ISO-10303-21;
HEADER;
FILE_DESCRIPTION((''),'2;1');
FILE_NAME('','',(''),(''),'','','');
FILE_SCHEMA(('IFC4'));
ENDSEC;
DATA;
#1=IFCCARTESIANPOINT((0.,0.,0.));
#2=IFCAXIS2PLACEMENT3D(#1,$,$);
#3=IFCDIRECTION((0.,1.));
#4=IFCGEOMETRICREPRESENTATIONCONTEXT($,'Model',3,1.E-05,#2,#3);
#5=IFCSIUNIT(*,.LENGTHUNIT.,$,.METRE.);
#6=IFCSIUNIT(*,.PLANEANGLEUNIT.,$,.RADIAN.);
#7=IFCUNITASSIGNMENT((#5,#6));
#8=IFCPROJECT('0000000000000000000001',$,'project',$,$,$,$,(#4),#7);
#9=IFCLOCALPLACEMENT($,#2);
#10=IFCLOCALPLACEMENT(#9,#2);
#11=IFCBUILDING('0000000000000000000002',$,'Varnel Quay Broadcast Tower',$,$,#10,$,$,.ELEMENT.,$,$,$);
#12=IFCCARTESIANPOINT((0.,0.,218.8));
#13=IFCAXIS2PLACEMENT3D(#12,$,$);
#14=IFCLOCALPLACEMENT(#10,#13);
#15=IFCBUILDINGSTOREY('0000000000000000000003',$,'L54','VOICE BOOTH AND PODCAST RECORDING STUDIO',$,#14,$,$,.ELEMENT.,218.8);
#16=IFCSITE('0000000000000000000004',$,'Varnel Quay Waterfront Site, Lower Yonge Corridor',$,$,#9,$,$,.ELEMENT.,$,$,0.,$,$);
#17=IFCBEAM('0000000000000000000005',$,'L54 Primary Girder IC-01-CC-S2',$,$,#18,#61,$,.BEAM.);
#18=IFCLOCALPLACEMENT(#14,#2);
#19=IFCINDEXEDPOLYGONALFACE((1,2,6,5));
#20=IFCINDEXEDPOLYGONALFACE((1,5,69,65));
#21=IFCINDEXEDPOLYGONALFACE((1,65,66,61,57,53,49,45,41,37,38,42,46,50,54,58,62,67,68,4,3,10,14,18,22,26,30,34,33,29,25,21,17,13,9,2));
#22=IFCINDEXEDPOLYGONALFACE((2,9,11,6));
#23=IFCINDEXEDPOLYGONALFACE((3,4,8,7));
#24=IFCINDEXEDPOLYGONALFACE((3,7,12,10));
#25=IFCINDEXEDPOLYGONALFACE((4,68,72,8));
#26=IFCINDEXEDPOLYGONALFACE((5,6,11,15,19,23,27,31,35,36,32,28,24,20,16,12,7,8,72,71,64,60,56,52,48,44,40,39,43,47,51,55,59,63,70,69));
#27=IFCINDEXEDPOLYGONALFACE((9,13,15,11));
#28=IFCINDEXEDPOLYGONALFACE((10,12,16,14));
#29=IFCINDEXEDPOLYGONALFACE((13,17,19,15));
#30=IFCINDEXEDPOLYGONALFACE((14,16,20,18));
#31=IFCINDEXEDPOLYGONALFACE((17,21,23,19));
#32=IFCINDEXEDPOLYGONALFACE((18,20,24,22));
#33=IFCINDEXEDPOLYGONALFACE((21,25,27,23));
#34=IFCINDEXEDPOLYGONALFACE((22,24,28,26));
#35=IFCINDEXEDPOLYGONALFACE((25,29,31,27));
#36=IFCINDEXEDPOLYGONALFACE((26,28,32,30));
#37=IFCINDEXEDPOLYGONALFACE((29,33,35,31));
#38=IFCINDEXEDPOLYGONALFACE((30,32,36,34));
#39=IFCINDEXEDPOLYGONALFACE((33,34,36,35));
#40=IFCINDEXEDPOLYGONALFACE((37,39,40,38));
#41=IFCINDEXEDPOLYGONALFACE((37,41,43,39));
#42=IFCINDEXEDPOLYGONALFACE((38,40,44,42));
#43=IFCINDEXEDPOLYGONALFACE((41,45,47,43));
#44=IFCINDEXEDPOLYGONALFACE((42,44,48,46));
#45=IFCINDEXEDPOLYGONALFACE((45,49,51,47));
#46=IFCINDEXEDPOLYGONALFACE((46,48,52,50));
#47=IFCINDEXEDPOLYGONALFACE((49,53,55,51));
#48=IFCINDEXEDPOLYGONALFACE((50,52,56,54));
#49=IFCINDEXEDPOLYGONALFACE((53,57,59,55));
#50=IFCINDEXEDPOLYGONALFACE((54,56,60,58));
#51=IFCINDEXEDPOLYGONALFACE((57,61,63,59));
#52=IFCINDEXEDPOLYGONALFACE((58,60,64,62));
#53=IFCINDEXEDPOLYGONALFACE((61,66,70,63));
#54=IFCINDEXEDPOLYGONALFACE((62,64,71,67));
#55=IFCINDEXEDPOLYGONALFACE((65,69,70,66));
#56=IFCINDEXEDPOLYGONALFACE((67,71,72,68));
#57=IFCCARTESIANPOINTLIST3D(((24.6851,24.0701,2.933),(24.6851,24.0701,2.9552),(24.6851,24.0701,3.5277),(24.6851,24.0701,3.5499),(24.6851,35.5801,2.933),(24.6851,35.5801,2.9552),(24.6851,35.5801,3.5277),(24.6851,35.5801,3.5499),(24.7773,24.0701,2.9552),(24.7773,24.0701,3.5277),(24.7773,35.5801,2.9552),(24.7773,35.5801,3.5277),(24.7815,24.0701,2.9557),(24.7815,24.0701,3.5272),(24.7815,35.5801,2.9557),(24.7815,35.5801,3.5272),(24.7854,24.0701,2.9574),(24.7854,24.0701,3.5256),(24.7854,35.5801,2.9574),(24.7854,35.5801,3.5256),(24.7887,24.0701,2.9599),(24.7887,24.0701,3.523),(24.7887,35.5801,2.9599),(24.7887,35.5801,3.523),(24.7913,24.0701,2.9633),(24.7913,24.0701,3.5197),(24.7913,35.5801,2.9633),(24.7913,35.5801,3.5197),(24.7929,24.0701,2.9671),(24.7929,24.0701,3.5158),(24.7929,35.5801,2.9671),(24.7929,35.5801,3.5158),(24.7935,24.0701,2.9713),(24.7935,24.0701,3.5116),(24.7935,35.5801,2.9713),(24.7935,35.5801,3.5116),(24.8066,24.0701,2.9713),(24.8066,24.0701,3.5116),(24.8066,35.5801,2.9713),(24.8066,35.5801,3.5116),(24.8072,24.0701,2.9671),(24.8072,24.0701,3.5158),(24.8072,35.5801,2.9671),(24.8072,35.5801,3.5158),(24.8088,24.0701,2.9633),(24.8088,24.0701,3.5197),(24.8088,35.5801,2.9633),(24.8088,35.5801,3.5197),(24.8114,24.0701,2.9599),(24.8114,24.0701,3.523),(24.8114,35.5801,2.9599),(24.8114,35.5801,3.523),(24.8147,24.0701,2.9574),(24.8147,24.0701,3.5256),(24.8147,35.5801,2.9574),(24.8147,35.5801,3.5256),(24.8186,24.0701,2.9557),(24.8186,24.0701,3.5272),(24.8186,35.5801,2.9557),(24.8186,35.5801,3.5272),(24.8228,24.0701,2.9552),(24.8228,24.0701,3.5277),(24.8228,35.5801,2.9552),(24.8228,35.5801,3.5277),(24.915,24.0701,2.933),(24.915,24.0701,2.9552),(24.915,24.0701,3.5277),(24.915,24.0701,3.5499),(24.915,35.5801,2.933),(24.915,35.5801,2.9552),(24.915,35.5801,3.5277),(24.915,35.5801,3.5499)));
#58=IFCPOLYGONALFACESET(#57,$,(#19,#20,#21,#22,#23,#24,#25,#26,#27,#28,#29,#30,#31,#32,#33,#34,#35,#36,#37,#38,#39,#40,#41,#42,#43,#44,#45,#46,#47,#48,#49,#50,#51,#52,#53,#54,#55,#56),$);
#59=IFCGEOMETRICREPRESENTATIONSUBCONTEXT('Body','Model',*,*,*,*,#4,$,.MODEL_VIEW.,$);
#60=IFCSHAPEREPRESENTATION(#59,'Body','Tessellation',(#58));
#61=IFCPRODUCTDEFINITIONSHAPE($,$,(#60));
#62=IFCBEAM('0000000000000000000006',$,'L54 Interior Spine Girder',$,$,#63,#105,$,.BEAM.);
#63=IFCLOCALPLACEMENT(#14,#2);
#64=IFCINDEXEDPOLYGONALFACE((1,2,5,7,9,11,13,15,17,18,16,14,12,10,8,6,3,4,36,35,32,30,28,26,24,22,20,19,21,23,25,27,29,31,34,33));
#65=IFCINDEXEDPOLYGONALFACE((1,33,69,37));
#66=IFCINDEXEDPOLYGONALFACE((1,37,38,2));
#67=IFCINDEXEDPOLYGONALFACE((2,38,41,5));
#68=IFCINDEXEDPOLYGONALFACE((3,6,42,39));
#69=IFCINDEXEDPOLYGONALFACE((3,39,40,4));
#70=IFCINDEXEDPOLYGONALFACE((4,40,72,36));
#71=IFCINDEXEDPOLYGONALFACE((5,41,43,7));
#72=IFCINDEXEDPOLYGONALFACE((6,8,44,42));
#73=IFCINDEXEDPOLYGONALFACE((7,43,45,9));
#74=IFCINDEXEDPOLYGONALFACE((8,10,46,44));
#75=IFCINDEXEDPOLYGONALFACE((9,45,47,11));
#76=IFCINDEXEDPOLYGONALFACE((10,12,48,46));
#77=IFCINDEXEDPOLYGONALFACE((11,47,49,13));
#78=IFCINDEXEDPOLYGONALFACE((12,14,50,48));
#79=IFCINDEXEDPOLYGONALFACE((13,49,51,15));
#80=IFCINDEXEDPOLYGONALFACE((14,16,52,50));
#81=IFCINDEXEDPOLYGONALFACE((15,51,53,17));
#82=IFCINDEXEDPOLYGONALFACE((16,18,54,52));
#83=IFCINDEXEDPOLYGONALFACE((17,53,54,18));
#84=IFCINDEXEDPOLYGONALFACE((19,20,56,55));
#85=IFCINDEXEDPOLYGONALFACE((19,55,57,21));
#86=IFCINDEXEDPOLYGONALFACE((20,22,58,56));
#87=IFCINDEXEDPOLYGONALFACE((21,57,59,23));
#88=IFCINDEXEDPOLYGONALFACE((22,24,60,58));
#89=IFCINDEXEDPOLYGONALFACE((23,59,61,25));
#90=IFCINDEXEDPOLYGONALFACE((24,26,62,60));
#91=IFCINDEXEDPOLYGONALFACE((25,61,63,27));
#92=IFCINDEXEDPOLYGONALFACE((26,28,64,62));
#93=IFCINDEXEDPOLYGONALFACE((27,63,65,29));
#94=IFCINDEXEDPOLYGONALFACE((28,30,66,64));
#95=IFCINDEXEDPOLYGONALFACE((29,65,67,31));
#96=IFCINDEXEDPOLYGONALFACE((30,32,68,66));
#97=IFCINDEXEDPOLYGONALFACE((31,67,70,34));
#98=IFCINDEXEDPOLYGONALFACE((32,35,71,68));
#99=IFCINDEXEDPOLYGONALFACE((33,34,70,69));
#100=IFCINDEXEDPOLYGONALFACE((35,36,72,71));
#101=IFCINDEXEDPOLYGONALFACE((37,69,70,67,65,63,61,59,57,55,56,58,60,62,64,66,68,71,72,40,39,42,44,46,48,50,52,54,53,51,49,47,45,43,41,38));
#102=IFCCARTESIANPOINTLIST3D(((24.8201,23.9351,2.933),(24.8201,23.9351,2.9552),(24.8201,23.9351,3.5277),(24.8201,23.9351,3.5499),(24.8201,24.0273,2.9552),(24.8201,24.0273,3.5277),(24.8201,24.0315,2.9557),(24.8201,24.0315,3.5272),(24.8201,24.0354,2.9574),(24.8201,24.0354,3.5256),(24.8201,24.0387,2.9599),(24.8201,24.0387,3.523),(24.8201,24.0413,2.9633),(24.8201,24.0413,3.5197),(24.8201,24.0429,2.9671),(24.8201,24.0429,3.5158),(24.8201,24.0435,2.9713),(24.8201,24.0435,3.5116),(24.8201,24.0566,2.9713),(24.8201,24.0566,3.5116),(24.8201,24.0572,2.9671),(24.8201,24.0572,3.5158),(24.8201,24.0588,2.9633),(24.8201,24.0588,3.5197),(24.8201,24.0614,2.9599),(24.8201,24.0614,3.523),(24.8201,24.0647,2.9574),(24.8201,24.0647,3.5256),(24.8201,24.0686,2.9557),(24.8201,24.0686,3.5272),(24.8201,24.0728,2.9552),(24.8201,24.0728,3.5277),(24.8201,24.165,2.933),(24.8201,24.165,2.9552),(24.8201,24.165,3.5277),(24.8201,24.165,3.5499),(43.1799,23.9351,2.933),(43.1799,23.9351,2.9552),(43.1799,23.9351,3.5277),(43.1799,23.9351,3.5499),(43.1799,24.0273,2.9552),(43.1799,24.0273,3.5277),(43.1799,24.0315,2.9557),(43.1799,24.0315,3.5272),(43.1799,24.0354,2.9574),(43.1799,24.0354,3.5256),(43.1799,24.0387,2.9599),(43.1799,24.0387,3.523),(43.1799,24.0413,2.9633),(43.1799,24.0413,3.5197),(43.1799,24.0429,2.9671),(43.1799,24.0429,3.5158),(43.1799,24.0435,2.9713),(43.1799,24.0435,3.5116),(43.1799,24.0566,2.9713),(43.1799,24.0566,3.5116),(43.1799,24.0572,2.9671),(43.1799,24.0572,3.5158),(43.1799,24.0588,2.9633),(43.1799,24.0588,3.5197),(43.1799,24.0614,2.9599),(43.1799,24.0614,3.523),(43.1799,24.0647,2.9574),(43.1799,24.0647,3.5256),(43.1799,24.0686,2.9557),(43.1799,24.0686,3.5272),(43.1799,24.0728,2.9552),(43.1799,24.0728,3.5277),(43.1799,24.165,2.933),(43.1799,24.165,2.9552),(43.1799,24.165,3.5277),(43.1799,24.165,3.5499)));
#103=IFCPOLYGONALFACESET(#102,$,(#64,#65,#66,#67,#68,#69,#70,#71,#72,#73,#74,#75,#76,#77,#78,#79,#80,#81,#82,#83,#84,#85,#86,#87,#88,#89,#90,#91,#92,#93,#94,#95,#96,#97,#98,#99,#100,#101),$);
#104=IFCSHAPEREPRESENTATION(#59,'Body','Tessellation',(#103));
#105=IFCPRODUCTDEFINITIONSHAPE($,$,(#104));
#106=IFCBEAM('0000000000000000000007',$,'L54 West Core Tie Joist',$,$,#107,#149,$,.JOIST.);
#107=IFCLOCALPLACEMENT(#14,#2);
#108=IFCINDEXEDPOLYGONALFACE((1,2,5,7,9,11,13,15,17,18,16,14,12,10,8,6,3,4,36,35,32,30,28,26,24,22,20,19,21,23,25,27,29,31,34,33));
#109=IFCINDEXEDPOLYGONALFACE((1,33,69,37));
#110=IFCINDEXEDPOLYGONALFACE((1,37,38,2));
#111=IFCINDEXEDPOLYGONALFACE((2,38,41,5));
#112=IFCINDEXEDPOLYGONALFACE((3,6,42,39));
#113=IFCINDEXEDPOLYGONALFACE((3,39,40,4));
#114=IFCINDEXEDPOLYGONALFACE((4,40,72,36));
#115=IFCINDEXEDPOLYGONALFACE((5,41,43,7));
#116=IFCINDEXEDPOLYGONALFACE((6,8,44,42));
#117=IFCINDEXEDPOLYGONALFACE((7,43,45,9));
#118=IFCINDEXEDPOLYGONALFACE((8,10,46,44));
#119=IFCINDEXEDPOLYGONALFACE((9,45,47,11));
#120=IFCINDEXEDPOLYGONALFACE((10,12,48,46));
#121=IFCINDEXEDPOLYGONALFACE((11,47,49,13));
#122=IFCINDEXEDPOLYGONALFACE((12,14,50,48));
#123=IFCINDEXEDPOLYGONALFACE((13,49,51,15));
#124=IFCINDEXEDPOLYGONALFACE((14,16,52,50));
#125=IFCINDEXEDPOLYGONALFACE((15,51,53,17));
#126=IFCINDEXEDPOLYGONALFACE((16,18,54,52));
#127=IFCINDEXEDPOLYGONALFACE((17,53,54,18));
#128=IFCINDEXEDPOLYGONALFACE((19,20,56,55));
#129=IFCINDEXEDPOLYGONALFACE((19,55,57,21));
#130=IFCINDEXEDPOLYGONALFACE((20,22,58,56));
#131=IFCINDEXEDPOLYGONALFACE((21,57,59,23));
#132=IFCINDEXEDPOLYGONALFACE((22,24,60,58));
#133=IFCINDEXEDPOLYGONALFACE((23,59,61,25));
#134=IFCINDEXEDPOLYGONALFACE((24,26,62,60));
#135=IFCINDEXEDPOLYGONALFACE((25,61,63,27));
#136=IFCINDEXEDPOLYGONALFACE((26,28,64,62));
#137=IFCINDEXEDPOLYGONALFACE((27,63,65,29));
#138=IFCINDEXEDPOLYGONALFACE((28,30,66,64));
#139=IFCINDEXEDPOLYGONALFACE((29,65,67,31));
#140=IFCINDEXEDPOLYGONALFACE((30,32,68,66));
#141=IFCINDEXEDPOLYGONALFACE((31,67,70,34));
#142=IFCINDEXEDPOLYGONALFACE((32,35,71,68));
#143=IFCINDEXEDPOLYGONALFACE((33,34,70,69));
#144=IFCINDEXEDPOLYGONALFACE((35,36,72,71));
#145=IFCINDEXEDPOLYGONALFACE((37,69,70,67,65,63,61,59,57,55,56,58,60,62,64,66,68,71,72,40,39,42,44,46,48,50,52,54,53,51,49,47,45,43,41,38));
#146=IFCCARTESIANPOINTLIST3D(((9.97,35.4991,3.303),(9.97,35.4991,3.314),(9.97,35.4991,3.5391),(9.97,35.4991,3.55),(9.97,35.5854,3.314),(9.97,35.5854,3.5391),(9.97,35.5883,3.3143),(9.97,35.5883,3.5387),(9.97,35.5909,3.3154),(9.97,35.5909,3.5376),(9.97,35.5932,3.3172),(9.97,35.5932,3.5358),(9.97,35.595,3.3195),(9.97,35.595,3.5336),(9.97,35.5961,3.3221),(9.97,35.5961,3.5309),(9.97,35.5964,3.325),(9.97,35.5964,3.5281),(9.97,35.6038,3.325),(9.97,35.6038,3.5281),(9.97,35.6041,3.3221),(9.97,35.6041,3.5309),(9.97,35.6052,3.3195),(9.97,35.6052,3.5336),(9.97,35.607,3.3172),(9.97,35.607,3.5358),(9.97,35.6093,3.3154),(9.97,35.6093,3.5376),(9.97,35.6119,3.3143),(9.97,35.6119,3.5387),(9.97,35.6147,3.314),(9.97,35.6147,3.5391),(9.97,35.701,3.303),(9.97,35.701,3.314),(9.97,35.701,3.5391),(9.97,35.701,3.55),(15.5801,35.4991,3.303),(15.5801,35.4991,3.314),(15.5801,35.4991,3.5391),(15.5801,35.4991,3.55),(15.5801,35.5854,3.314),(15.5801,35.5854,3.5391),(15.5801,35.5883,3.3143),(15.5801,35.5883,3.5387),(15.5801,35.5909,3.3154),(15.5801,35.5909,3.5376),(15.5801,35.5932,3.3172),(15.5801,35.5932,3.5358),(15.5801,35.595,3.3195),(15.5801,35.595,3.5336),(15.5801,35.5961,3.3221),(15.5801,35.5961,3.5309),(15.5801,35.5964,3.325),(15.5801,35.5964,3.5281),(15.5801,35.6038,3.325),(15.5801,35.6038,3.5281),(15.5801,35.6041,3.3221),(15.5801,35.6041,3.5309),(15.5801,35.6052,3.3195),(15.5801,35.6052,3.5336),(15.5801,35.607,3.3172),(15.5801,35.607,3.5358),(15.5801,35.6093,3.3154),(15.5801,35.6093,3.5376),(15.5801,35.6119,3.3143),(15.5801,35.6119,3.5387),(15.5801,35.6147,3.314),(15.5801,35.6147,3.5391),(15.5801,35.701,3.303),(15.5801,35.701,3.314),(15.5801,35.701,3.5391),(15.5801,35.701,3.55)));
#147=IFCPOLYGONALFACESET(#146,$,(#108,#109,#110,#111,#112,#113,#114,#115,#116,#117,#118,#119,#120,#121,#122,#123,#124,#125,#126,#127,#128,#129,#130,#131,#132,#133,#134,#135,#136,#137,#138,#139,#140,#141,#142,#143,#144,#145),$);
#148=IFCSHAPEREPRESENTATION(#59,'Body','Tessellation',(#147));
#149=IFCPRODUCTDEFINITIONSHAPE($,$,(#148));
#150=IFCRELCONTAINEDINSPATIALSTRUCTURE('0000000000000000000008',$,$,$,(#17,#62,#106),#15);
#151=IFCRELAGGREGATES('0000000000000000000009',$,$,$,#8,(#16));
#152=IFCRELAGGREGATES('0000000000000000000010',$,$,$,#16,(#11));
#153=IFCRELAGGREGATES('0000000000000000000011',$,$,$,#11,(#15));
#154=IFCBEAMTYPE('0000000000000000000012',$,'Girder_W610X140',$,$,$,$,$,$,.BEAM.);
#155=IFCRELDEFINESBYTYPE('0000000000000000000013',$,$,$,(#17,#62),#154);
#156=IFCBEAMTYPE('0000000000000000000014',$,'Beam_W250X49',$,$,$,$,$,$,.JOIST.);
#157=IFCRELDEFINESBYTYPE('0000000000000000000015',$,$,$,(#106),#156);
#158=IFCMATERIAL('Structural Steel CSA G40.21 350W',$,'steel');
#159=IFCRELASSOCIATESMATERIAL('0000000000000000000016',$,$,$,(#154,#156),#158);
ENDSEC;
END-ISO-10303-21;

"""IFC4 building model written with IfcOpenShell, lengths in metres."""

from ifc_helpers import new_model, si_unit, direction, frame, origin, origin_2d, place, context, subcontext, project, spatial, i_section, extrude, source, transform, mapped, material, material_profile, profile_set, type_object, type_shapes, element, save


model = new_model("IFC4")

# Units and contexts
model_context = context("Model", 3, precision=1e-05, world=origin(), true_north=direction((0.0, 1.0)))
body_context = subcontext(model_context, "Body", "Model", "MODEL_VIEW")
ifc_project = project(units=[si_unit("LENGTHUNIT", "METRE"), si_unit("PLANEANGLEUNIT", "RADIAN")], contexts=[model_context])

# Site, building, storey
site_placement = place(None, origin())
site = spatial("IfcSite", under=ifc_project, at=site_placement, Name="Varnel Quay Waterfront Site, Lower Yonge Corridor", CompositionType="ELEMENT", RefElevation=0.0)
building_placement = place(site_placement, origin())
building = spatial("IfcBuilding", under=site, at=building_placement, Name="Varnel Quay Broadcast Tower", CompositionType="ELEMENT")
storey_placement = place(building_placement, frame((0.0, 0.0, 218.8)))
storey = spatial("IfcBuildingStorey", under=building, at=storey_placement, Name="L54", Description="VOICE BOOTH AND PODCAST RECORDING STUDIO", CompositionType="ELEMENT", Elevation=218.8)

# Shared definitions
ifc_material_1 = material(Name="Structural Steel CSA G40.21 350W", Category="steel")

# Beams
ifc_material_profile_1 = material_profile(ifc_material_1, i_section(OverallWidth=0.23, OverallDepth=0.6169, WebThickness=0.0132, FlangeThickness=0.0222, FilletRadius=0.0161, at=origin_2d()), Name="W610X140")
ifc_profile_set_1 = profile_set([ifc_material_profile_1], Name="Structural Steel CSA G40.21 350W")
beam_type_1 = type_object("IfcBeamType", Name="Girder_W610X140", PredefinedType="BEAM", material=ifc_profile_set_1)
shared_shape_1 = source(origin(), body_context, "Body", "SweptSolid", [
    extrude(i_section(OverallWidth=0.23, OverallDepth=0.6169, WebThickness=0.0132, FlangeThickness=0.0222, FilletRadius=0.0161, at=origin_2d()), origin(), (0.0, 0.0, 1.0), 11.51),
])
beam_1_placement = place(storey_placement, frame((24.8, 24.0701, 3.2415), z_axis=(0.0, 1.0, 0.0), x_axis=(-1.0, 0.0, 0.0)))
element("IfcBeam", 1, at=beam_1_placement, inside=storey, type_object=beam_type_1, Name="L54 Primary Girder IC-01-CC-S2", PredefinedType="BEAM", context=body_context, shape_type="MappedRepresentation", body=[
    mapped(shared_shape_1, transform((0.0, 0.0, 0.0), x_axis=(1.0, 0.0, 0.0), y_axis=(0.0, 1.0, 0.0), z_axis=(0.0, 0.0, 1.0), scale=1.0)),
])
shared_shape_2 = source(origin(), body_context, "Body", "SweptSolid", [
    extrude(i_section(OverallWidth=0.23, OverallDepth=0.6169, WebThickness=0.0132, FlangeThickness=0.0222, FilletRadius=0.0161, at=origin_2d()), origin(), (0.0, 0.0, 1.0), 18.3599),
])
type_shapes(beam_type_1, [shared_shape_1, shared_shape_2])
beam_2_placement = place(storey_placement, frame((24.8201, 24.05, 3.2415), z_axis=(1.0, 0.0, 0.0), x_axis=(0.0, 1.0, 0.0)))
element("IfcBeam", 2, at=beam_2_placement, inside=storey, type_object=beam_type_1, Name="L54 Interior Spine Girder", PredefinedType="BEAM", context=body_context, shape_type="MappedRepresentation", body=[
    mapped(shared_shape_2, transform((0.0, 0.0, 0.0), x_axis=(1.0, 0.0, 0.0), y_axis=(0.0, 1.0, 0.0), z_axis=(0.0, 0.0, 1.0), scale=1.0)),
])
ifc_material_profile_2 = material_profile(ifc_material_1, i_section(OverallWidth=0.2019, OverallDepth=0.2471, WebThickness=0.0073, FlangeThickness=0.011, FilletRadius=0.011, at=origin_2d()), Name="W250X49")
ifc_profile_set_2 = profile_set([ifc_material_profile_2], Name="Structural Steel CSA G40.21 350W")
beam_type_2 = type_object("IfcBeamType", Name="Beam_W250X49", PredefinedType="JOIST", material=ifc_profile_set_2)
shared_shape_3 = source(origin(), body_context, "Body", "SweptSolid", [
    extrude(i_section(OverallWidth=0.2019, OverallDepth=0.2471, WebThickness=0.0073, FlangeThickness=0.011, FilletRadius=0.011, at=origin_2d()), origin(), (0.0, 0.0, 1.0), 5.6101),
])
type_shapes(beam_type_2, [shared_shape_3])
beam_3_placement = place(storey_placement, frame((9.97, 35.6001, 3.4265), z_axis=(1.0, 0.0, 0.0), x_axis=(0.0, 1.0, 0.0)))
element("IfcBeam", 3, at=beam_3_placement, inside=storey, type_object=beam_type_2, Name="L54 West Core Tie Joist", PredefinedType="JOIST", context=body_context, shape_type="MappedRepresentation", body=[
    mapped(shared_shape_3, transform((0.0, 0.0, 0.0), x_axis=(1.0, 0.0, 0.0), y_axis=(0.0, 1.0, 0.0), z_axis=(0.0, 0.0, 1.0), scale=1.0)),
])

save(model, "model.ifc")
